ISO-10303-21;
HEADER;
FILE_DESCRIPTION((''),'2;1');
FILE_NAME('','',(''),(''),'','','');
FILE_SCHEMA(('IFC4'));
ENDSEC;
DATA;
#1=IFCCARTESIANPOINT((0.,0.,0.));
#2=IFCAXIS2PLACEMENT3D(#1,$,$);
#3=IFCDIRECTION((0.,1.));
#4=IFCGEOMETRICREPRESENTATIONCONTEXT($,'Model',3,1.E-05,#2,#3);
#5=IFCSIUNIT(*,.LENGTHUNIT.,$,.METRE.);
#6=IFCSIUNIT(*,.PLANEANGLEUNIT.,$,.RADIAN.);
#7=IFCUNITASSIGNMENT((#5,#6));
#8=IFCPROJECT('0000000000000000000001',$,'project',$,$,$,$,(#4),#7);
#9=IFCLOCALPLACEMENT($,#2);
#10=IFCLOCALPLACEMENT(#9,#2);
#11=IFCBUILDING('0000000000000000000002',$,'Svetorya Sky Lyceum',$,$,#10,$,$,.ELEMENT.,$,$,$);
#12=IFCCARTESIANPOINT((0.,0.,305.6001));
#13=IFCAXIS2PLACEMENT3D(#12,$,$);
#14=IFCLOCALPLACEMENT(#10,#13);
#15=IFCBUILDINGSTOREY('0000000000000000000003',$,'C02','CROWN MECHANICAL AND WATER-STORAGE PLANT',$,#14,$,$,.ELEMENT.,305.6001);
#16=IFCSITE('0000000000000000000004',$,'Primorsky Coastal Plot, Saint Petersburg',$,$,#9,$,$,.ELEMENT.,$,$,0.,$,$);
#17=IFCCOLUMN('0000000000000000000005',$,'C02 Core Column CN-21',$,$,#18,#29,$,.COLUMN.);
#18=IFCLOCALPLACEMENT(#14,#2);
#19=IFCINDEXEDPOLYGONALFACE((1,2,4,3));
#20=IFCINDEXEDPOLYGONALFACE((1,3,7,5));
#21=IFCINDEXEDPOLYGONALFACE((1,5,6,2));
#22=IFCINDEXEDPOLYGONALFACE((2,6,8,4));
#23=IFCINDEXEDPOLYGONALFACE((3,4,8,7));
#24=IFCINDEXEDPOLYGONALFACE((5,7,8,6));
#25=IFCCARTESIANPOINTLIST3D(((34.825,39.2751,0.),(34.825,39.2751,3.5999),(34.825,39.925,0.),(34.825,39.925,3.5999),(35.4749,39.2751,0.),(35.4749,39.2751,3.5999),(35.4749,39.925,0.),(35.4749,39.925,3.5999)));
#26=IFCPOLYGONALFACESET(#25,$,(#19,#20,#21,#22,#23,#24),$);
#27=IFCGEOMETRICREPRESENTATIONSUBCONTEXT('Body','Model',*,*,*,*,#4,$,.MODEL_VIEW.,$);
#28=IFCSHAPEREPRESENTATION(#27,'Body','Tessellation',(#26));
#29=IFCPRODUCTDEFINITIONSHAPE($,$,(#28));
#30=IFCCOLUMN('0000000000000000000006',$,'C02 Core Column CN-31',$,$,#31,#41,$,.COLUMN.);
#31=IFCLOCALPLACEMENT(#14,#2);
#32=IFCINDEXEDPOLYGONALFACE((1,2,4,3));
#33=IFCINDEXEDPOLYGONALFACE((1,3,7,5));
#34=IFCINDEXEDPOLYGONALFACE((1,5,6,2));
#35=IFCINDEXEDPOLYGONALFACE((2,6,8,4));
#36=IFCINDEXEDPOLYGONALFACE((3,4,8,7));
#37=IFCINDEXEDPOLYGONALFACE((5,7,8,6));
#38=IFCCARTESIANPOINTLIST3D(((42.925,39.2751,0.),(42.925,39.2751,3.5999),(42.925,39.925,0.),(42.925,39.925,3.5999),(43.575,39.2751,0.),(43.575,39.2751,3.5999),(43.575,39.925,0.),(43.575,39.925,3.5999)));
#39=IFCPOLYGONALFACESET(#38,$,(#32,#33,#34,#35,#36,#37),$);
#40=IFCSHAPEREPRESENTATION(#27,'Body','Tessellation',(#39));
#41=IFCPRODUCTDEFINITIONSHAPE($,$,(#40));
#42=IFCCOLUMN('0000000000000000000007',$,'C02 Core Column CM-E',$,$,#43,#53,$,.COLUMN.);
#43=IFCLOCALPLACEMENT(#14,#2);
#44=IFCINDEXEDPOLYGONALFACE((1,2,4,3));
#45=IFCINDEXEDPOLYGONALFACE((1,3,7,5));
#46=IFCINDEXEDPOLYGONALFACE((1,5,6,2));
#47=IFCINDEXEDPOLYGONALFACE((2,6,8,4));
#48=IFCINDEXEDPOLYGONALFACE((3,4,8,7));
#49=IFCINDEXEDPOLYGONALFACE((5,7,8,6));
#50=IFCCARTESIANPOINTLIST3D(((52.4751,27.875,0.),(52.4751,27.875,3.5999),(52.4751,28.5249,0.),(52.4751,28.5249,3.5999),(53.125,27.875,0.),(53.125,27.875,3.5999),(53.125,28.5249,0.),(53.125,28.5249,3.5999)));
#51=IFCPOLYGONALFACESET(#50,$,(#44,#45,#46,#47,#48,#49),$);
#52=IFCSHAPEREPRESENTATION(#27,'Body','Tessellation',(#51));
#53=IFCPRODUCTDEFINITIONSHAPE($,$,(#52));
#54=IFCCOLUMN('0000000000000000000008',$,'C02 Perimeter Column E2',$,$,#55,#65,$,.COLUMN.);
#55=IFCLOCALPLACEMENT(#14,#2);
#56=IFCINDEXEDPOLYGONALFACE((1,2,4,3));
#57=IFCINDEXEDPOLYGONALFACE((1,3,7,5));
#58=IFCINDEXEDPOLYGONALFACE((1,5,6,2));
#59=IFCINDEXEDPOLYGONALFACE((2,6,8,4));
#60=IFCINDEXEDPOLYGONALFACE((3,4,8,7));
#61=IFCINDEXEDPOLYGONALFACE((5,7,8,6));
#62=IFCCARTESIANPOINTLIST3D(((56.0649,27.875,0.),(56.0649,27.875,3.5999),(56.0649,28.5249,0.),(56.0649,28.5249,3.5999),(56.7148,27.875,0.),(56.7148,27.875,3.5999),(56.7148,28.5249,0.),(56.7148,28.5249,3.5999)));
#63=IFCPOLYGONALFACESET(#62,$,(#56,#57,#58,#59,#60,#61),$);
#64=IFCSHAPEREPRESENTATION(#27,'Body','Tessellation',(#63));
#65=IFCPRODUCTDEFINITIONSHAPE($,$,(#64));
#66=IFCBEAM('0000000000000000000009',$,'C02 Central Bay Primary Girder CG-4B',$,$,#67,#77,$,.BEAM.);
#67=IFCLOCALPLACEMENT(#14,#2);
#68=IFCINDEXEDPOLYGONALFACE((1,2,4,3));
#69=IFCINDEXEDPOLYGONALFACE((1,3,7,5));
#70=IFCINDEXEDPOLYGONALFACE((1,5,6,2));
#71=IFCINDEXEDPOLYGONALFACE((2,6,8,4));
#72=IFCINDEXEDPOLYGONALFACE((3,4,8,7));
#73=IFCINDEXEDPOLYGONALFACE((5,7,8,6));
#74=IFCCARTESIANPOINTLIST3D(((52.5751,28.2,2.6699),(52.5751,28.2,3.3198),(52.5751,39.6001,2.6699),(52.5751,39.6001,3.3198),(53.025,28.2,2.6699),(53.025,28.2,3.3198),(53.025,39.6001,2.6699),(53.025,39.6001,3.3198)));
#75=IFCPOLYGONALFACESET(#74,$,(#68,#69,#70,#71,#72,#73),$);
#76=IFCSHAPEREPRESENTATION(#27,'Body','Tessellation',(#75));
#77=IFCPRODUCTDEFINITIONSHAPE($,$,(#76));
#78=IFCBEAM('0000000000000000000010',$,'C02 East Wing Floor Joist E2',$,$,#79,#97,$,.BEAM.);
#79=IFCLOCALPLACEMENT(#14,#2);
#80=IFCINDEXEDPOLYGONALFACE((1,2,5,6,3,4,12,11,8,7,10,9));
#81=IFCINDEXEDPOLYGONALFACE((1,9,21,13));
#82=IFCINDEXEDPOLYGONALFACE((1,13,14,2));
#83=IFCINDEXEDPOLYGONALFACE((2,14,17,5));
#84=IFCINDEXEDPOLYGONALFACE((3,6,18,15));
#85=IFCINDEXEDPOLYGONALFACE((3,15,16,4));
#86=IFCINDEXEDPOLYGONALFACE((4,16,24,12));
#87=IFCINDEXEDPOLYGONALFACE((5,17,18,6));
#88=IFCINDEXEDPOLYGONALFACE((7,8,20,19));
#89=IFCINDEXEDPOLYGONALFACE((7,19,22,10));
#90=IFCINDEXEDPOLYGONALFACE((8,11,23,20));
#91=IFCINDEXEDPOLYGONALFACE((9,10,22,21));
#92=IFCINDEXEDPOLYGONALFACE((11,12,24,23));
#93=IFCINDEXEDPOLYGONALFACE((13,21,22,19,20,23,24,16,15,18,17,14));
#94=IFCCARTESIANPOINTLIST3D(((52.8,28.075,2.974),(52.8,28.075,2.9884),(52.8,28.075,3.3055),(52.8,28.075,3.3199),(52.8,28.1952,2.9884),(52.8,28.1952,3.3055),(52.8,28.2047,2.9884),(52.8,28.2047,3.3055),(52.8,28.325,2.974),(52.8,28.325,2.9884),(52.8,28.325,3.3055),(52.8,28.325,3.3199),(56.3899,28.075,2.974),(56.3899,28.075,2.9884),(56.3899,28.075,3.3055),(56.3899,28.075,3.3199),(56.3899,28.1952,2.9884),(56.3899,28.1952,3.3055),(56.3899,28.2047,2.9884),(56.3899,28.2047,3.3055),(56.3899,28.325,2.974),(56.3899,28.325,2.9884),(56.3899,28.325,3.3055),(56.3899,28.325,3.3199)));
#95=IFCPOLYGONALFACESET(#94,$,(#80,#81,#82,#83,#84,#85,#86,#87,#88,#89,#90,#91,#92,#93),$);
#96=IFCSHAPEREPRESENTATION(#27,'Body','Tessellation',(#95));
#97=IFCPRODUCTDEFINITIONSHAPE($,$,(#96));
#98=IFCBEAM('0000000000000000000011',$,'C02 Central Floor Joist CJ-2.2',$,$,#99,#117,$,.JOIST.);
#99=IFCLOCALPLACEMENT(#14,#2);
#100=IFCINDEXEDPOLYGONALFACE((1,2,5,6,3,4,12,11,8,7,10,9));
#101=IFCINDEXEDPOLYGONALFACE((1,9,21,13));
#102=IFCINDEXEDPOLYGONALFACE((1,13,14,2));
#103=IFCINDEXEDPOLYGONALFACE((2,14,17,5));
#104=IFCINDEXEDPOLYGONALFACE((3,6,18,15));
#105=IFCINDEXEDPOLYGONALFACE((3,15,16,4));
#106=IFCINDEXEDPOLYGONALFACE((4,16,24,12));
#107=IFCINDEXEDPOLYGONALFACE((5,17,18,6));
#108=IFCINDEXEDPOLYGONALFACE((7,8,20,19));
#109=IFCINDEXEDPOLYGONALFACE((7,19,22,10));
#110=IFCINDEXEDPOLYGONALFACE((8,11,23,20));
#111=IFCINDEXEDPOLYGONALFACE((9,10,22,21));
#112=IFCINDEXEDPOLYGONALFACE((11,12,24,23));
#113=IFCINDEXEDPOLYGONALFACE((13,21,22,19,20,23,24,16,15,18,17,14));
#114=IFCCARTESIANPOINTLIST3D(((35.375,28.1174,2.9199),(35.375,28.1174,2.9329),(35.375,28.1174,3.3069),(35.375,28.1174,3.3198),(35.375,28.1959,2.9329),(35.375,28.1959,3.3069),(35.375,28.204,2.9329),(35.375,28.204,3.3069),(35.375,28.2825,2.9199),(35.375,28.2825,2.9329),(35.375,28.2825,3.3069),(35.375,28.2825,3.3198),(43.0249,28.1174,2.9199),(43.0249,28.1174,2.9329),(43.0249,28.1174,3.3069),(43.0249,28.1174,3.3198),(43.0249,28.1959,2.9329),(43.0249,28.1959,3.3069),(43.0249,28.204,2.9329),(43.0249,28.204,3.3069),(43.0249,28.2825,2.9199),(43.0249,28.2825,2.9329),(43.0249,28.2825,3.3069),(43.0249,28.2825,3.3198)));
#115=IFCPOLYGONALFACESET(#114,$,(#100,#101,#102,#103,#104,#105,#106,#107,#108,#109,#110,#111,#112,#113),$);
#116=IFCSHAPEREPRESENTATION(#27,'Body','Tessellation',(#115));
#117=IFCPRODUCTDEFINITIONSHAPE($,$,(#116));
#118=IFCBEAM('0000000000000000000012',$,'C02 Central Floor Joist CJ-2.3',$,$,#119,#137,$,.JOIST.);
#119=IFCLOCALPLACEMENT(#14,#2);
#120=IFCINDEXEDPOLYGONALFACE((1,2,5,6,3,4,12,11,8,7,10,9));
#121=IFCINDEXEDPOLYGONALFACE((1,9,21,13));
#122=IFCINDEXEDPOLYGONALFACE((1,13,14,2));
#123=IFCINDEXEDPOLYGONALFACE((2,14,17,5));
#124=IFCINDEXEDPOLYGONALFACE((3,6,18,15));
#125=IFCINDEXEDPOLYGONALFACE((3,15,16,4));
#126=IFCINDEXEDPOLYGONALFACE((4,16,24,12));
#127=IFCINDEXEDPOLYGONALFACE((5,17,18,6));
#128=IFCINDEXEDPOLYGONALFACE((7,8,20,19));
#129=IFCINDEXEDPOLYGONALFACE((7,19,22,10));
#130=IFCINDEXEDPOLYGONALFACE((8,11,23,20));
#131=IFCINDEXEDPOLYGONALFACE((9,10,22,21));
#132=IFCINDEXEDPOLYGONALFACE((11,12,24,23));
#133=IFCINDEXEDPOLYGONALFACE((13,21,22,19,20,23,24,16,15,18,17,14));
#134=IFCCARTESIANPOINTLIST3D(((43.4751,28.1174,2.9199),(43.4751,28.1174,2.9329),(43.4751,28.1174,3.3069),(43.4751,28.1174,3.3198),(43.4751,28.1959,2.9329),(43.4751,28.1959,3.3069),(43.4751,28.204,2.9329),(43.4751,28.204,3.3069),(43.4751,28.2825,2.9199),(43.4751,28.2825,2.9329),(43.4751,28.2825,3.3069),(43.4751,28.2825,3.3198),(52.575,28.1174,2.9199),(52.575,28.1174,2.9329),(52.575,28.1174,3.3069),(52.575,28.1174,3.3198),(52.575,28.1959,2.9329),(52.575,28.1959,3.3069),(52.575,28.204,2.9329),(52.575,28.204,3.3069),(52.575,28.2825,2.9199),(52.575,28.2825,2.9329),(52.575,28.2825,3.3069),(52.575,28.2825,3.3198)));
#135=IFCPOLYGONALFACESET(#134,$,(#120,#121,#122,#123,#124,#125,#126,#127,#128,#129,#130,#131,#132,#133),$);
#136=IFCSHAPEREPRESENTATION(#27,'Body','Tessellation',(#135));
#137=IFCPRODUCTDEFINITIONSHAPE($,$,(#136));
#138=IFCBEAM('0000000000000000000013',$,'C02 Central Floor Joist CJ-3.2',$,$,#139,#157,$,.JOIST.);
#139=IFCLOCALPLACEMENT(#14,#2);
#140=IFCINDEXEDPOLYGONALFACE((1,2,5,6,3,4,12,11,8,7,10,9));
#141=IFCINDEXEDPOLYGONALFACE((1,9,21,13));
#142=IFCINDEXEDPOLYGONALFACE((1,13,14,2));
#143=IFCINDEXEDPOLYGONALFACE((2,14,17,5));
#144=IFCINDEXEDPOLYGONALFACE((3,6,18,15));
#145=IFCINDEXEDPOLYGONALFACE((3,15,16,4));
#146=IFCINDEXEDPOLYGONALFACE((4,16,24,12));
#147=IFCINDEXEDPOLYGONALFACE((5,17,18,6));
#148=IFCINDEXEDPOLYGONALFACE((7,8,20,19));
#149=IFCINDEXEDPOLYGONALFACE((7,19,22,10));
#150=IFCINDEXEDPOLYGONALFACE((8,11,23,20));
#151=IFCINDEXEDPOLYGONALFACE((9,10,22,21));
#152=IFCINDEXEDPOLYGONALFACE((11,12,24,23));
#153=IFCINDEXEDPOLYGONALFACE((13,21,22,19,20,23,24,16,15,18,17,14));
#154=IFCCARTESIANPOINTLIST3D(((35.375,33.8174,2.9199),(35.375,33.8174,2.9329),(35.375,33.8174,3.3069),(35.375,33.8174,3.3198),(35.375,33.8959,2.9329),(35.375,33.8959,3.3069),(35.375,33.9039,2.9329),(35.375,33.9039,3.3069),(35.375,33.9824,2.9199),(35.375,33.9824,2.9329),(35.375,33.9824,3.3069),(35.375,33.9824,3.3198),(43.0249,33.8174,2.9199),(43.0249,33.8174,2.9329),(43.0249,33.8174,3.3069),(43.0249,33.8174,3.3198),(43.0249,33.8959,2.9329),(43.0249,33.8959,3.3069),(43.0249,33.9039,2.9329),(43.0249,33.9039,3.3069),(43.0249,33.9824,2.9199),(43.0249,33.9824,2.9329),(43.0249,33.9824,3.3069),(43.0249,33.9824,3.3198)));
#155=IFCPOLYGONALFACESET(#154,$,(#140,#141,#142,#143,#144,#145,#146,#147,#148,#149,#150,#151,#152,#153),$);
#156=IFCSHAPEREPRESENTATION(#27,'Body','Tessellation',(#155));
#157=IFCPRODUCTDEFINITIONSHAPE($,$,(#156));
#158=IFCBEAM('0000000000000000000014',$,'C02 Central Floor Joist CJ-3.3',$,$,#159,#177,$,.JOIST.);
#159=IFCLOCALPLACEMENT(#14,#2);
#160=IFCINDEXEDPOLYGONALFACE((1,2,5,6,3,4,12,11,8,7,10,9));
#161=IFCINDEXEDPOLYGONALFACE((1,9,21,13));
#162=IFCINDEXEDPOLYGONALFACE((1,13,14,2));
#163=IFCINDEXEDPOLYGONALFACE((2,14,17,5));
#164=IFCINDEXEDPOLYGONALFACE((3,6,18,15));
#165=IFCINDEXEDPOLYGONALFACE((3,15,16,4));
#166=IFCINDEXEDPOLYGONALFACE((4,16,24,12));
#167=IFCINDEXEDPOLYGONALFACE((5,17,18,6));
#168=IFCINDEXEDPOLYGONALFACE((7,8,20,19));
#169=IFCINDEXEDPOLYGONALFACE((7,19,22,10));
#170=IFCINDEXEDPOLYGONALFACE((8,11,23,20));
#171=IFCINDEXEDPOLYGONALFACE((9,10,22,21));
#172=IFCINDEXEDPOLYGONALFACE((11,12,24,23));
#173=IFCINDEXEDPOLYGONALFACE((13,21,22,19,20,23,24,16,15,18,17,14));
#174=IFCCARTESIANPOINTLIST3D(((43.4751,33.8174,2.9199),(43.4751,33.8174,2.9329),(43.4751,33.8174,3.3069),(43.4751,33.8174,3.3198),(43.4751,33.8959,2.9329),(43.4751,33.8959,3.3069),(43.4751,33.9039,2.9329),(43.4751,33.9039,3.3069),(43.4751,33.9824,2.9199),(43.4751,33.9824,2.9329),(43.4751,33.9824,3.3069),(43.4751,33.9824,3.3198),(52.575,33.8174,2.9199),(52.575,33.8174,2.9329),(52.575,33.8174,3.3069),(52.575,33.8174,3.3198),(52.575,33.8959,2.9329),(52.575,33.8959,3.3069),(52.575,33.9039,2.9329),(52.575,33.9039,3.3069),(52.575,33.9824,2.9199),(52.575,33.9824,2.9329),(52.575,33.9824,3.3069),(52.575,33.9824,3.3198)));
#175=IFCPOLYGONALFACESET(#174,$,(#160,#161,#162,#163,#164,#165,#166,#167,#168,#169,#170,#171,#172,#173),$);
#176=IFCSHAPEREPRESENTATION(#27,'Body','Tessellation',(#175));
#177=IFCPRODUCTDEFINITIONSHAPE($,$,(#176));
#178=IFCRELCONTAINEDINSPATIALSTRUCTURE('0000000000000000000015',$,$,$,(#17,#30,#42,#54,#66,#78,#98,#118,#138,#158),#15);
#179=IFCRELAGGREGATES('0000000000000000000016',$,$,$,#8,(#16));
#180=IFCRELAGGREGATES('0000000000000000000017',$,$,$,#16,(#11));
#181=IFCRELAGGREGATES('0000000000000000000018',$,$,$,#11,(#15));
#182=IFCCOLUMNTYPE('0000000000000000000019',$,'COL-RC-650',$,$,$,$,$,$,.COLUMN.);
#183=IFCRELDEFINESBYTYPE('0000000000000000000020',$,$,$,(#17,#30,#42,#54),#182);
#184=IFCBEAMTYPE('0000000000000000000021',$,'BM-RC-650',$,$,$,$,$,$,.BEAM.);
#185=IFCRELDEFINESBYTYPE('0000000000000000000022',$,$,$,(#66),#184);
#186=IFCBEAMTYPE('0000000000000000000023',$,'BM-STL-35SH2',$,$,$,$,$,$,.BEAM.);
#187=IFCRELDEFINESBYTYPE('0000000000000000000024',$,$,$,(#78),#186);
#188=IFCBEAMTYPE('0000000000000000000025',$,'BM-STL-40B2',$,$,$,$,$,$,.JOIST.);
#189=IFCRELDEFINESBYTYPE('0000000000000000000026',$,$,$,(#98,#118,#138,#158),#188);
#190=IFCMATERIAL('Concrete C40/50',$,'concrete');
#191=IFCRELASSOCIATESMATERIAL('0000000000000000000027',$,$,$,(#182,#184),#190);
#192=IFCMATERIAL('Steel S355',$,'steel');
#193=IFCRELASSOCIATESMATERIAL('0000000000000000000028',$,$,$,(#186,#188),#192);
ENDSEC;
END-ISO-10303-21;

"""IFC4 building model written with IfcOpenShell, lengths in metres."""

from ifc_helpers import new_model, si_unit, direction, frame, origin, origin_2d, place, context, subcontext, project, spatial, rectangle, i_section, extrude, material, material_profile, profile_set, type_object, element, save


model = new_model("IFC4")

# Units and contexts
model_context = context("Model", 3, precision=1e-05, world=origin(), true_north=direction((0.0, 1.0)))
body_context = subcontext(model_context, "Body", "Model", "MODEL_VIEW")
ifc_project = project(units=[si_unit("LENGTHUNIT", "METRE"), si_unit("PLANEANGLEUNIT", "RADIAN")], contexts=[model_context])

# Site, building, storey
site_placement = place(None, origin())
site = spatial("IfcSite", under=ifc_project, at=site_placement, Name="Primorsky Coastal Plot, Saint Petersburg", CompositionType="ELEMENT", RefElevation=0.0)
building_placement = place(site_placement, origin())
building = spatial("IfcBuilding", under=site, at=building_placement, Name="Svetorya Sky Lyceum", CompositionType="ELEMENT")
storey_placement = place(building_placement, frame((0.0, 0.0, 305.6001)))
storey = spatial("IfcBuildingStorey", under=building, at=storey_placement, Name="C02", Description="CROWN MECHANICAL AND WATER-STORAGE PLANT", CompositionType="ELEMENT", Elevation=305.6001)

# Columns
ifc_material_1 = material(Name="Concrete C40/50", Category="concrete")
ifc_material_profile_1 = material_profile(ifc_material_1, rectangle(XDim=0.6499, YDim=0.6499, at=origin_2d()), Name="RC COL 650x650")
ifc_profile_set_1 = profile_set([ifc_material_profile_1], Name="Concrete C40/50")
column_type = type_object("IfcColumnType", Name="COL-RC-650", PredefinedType="COLUMN", material=ifc_profile_set_1)
for number, where, z_axis, x_axis, name in (
    (1, (35.1499, 39.6001, 0.0), (0.0, 0.0, 1.0), (1.0, 0.0, 0.0), "C02 Core Column CN-21"),
    (2, (43.25, 39.6001, 0.0), (0.0, 0.0, 1.0), (1.0, 0.0, 0.0), "C02 Core Column CN-31"),
    (3, (52.8, 28.2, 0.0), (0.0, 0.0, 1.0), (1.0, 0.0, 0.0), "C02 Core Column CM-E"),
    (4, (56.3899, 28.2, 0.0), (0.0, 0.0, 1.0), (1.0, 0.0, 0.0), "C02 Perimeter Column E2"),
):
    element("IfcColumn", number, at=place(storey_placement, frame(where, z_axis=z_axis, x_axis=x_axis)), inside=storey, type_object=column_type, Name=name, PredefinedType="COLUMN", context=body_context, shape_type="SweptSolid", body=[
        extrude(rectangle(XDim=0.6499, YDim=0.6499, at=origin_2d()), origin(), (0.0, 0.0, 1.0), 3.5999),
    ])

# Beams
ifc_material_profile_2 = material_profile(ifc_material_1, rectangle(XDim=0.45, YDim=0.6499, at=origin_2d()), Name="RC BEAM 450x650")
ifc_profile_set_2 = profile_set([ifc_material_profile_2], Name="Concrete C40/50")
beam_type_1 = type_object("IfcBeamType", Name="BM-RC-650", PredefinedType="BEAM", material=ifc_profile_set_2)
beam_1_placement = place(storey_placement, frame((52.8, 28.2, 2.9949), z_axis=(0.0, 1.0, 0.0), x_axis=(-1.0, 0.0, 0.0)))
element("IfcBeam", 5, at=beam_1_placement, inside=storey, type_object=beam_type_1, Name="C02 Central Bay Primary Girder CG-4B", PredefinedType="BEAM", context=body_context, shape_type="SweptSolid", body=[
    extrude(rectangle(XDim=0.45, YDim=0.6499, at=origin_2d()), origin(), (0.0, 0.0, 1.0), 11.4001),
])
ifc_material_2 = material(Name="Steel S355", Category="steel")
ifc_material_profile_3 = material_profile(ifc_material_2, i_section(OverallWidth=0.25, OverallDepth=0.3459, WebThickness=0.0095, FlangeThickness=0.0144, at=origin_2d()), Name="GOST 35Sh2")
ifc_profile_set_3 = profile_set([ifc_material_profile_3], Name="Steel S355")
beam_type_2 = type_object("IfcBeamType", Name="BM-STL-35SH2", PredefinedType="BEAM", material=ifc_profile_set_3)
beam_2_placement = place(storey_placement, frame((52.8, 28.2, 3.147), z_axis=(1.0, 0.0, 0.0), x_axis=(0.0, 1.0, 0.0)))
element("IfcBeam", 6, at=beam_2_placement, inside=storey, type_object=beam_type_2, Name="C02 East Wing Floor Joist E2", PredefinedType="BEAM", context=body_context, shape_type="SweptSolid", body=[
    extrude(i_section(OverallWidth=0.25, OverallDepth=0.3459, WebThickness=0.0095, FlangeThickness=0.0144, at=origin_2d()), origin(), (0.0, 0.0, 1.0), 3.5898),
])
ifc_material_profile_4 = material_profile(ifc_material_2, i_section(OverallWidth=0.165, OverallDepth=0.3999, WebThickness=0.0081, FlangeThickness=0.0129, at=origin_2d()), Name="GOST 40B2")
ifc_profile_set_4 = profile_set([ifc_material_profile_4], Name="Steel S355")
beam_type_3 = type_object("IfcBeamType", Name="BM-STL-40B2", PredefinedType="JOIST", material=ifc_profile_set_4)
beam_3_placement = place(storey_placement, frame((35.375, 28.2, 3.1199), z_axis=(1.0, 0.0, 0.0), x_axis=(0.0, 1.0, 0.0)))
element("IfcBeam", 7, at=beam_3_placement, inside=storey, type_object=beam_type_3, Name="C02 Central Floor Joist CJ-2.2", PredefinedType="JOIST", context=body_context, shape_type="SweptSolid", body=[
    extrude(i_section(OverallWidth=0.165, OverallDepth=0.3999, WebThickness=0.0081, FlangeThickness=0.0129, at=origin_2d()), origin(), (0.0, 0.0, 1.0), 7.6499),
])
beam_4_placement = place(storey_placement, frame((43.4751, 28.2, 3.1199), z_axis=(1.0, 0.0, 0.0), x_axis=(0.0, 1.0, 0.0)))
element("IfcBeam", 8, at=beam_4_placement, inside=storey, type_object=beam_type_3, Name="C02 Central Floor Joist CJ-2.3", PredefinedType="JOIST", context=body_context, shape_type="SweptSolid", body=[
    extrude(i_section(OverallWidth=0.165, OverallDepth=0.3999, WebThickness=0.0081, FlangeThickness=0.0129, at=origin_2d()), origin(), (0.0, 0.0, 1.0), 9.0999),
])
beam_5_placement = place(storey_placement, frame((35.375, 33.8999, 3.1199), z_axis=(1.0, 0.0, 0.0), x_axis=(0.0, 1.0, 0.0)))
element("IfcBeam", 9, at=beam_5_placement, inside=storey, type_object=beam_type_3, Name="C02 Central Floor Joist CJ-3.2", PredefinedType="JOIST", context=body_context, shape_type="SweptSolid", body=[
    extrude(i_section(OverallWidth=0.165, OverallDepth=0.3999, WebThickness=0.0081, FlangeThickness=0.0129, at=origin_2d()), origin(), (0.0, 0.0, 1.0), 7.6499),
])
beam_6_placement = place(storey_placement, frame((43.4751, 33.8999, 3.1199), z_axis=(1.0, 0.0, 0.0), x_axis=(0.0, 1.0, 0.0)))
element("IfcBeam", 10, at=beam_6_placement, inside=storey, type_object=beam_type_3, Name="C02 Central Floor Joist CJ-3.3", PredefinedType="JOIST", context=body_context, shape_type="SweptSolid", body=[
    extrude(i_section(OverallWidth=0.165, OverallDepth=0.3999, WebThickness=0.0081, FlangeThickness=0.0129, at=origin_2d()), origin(), (0.0, 0.0, 1.0), 9.0999),
])

save(model, "model.ifc")
